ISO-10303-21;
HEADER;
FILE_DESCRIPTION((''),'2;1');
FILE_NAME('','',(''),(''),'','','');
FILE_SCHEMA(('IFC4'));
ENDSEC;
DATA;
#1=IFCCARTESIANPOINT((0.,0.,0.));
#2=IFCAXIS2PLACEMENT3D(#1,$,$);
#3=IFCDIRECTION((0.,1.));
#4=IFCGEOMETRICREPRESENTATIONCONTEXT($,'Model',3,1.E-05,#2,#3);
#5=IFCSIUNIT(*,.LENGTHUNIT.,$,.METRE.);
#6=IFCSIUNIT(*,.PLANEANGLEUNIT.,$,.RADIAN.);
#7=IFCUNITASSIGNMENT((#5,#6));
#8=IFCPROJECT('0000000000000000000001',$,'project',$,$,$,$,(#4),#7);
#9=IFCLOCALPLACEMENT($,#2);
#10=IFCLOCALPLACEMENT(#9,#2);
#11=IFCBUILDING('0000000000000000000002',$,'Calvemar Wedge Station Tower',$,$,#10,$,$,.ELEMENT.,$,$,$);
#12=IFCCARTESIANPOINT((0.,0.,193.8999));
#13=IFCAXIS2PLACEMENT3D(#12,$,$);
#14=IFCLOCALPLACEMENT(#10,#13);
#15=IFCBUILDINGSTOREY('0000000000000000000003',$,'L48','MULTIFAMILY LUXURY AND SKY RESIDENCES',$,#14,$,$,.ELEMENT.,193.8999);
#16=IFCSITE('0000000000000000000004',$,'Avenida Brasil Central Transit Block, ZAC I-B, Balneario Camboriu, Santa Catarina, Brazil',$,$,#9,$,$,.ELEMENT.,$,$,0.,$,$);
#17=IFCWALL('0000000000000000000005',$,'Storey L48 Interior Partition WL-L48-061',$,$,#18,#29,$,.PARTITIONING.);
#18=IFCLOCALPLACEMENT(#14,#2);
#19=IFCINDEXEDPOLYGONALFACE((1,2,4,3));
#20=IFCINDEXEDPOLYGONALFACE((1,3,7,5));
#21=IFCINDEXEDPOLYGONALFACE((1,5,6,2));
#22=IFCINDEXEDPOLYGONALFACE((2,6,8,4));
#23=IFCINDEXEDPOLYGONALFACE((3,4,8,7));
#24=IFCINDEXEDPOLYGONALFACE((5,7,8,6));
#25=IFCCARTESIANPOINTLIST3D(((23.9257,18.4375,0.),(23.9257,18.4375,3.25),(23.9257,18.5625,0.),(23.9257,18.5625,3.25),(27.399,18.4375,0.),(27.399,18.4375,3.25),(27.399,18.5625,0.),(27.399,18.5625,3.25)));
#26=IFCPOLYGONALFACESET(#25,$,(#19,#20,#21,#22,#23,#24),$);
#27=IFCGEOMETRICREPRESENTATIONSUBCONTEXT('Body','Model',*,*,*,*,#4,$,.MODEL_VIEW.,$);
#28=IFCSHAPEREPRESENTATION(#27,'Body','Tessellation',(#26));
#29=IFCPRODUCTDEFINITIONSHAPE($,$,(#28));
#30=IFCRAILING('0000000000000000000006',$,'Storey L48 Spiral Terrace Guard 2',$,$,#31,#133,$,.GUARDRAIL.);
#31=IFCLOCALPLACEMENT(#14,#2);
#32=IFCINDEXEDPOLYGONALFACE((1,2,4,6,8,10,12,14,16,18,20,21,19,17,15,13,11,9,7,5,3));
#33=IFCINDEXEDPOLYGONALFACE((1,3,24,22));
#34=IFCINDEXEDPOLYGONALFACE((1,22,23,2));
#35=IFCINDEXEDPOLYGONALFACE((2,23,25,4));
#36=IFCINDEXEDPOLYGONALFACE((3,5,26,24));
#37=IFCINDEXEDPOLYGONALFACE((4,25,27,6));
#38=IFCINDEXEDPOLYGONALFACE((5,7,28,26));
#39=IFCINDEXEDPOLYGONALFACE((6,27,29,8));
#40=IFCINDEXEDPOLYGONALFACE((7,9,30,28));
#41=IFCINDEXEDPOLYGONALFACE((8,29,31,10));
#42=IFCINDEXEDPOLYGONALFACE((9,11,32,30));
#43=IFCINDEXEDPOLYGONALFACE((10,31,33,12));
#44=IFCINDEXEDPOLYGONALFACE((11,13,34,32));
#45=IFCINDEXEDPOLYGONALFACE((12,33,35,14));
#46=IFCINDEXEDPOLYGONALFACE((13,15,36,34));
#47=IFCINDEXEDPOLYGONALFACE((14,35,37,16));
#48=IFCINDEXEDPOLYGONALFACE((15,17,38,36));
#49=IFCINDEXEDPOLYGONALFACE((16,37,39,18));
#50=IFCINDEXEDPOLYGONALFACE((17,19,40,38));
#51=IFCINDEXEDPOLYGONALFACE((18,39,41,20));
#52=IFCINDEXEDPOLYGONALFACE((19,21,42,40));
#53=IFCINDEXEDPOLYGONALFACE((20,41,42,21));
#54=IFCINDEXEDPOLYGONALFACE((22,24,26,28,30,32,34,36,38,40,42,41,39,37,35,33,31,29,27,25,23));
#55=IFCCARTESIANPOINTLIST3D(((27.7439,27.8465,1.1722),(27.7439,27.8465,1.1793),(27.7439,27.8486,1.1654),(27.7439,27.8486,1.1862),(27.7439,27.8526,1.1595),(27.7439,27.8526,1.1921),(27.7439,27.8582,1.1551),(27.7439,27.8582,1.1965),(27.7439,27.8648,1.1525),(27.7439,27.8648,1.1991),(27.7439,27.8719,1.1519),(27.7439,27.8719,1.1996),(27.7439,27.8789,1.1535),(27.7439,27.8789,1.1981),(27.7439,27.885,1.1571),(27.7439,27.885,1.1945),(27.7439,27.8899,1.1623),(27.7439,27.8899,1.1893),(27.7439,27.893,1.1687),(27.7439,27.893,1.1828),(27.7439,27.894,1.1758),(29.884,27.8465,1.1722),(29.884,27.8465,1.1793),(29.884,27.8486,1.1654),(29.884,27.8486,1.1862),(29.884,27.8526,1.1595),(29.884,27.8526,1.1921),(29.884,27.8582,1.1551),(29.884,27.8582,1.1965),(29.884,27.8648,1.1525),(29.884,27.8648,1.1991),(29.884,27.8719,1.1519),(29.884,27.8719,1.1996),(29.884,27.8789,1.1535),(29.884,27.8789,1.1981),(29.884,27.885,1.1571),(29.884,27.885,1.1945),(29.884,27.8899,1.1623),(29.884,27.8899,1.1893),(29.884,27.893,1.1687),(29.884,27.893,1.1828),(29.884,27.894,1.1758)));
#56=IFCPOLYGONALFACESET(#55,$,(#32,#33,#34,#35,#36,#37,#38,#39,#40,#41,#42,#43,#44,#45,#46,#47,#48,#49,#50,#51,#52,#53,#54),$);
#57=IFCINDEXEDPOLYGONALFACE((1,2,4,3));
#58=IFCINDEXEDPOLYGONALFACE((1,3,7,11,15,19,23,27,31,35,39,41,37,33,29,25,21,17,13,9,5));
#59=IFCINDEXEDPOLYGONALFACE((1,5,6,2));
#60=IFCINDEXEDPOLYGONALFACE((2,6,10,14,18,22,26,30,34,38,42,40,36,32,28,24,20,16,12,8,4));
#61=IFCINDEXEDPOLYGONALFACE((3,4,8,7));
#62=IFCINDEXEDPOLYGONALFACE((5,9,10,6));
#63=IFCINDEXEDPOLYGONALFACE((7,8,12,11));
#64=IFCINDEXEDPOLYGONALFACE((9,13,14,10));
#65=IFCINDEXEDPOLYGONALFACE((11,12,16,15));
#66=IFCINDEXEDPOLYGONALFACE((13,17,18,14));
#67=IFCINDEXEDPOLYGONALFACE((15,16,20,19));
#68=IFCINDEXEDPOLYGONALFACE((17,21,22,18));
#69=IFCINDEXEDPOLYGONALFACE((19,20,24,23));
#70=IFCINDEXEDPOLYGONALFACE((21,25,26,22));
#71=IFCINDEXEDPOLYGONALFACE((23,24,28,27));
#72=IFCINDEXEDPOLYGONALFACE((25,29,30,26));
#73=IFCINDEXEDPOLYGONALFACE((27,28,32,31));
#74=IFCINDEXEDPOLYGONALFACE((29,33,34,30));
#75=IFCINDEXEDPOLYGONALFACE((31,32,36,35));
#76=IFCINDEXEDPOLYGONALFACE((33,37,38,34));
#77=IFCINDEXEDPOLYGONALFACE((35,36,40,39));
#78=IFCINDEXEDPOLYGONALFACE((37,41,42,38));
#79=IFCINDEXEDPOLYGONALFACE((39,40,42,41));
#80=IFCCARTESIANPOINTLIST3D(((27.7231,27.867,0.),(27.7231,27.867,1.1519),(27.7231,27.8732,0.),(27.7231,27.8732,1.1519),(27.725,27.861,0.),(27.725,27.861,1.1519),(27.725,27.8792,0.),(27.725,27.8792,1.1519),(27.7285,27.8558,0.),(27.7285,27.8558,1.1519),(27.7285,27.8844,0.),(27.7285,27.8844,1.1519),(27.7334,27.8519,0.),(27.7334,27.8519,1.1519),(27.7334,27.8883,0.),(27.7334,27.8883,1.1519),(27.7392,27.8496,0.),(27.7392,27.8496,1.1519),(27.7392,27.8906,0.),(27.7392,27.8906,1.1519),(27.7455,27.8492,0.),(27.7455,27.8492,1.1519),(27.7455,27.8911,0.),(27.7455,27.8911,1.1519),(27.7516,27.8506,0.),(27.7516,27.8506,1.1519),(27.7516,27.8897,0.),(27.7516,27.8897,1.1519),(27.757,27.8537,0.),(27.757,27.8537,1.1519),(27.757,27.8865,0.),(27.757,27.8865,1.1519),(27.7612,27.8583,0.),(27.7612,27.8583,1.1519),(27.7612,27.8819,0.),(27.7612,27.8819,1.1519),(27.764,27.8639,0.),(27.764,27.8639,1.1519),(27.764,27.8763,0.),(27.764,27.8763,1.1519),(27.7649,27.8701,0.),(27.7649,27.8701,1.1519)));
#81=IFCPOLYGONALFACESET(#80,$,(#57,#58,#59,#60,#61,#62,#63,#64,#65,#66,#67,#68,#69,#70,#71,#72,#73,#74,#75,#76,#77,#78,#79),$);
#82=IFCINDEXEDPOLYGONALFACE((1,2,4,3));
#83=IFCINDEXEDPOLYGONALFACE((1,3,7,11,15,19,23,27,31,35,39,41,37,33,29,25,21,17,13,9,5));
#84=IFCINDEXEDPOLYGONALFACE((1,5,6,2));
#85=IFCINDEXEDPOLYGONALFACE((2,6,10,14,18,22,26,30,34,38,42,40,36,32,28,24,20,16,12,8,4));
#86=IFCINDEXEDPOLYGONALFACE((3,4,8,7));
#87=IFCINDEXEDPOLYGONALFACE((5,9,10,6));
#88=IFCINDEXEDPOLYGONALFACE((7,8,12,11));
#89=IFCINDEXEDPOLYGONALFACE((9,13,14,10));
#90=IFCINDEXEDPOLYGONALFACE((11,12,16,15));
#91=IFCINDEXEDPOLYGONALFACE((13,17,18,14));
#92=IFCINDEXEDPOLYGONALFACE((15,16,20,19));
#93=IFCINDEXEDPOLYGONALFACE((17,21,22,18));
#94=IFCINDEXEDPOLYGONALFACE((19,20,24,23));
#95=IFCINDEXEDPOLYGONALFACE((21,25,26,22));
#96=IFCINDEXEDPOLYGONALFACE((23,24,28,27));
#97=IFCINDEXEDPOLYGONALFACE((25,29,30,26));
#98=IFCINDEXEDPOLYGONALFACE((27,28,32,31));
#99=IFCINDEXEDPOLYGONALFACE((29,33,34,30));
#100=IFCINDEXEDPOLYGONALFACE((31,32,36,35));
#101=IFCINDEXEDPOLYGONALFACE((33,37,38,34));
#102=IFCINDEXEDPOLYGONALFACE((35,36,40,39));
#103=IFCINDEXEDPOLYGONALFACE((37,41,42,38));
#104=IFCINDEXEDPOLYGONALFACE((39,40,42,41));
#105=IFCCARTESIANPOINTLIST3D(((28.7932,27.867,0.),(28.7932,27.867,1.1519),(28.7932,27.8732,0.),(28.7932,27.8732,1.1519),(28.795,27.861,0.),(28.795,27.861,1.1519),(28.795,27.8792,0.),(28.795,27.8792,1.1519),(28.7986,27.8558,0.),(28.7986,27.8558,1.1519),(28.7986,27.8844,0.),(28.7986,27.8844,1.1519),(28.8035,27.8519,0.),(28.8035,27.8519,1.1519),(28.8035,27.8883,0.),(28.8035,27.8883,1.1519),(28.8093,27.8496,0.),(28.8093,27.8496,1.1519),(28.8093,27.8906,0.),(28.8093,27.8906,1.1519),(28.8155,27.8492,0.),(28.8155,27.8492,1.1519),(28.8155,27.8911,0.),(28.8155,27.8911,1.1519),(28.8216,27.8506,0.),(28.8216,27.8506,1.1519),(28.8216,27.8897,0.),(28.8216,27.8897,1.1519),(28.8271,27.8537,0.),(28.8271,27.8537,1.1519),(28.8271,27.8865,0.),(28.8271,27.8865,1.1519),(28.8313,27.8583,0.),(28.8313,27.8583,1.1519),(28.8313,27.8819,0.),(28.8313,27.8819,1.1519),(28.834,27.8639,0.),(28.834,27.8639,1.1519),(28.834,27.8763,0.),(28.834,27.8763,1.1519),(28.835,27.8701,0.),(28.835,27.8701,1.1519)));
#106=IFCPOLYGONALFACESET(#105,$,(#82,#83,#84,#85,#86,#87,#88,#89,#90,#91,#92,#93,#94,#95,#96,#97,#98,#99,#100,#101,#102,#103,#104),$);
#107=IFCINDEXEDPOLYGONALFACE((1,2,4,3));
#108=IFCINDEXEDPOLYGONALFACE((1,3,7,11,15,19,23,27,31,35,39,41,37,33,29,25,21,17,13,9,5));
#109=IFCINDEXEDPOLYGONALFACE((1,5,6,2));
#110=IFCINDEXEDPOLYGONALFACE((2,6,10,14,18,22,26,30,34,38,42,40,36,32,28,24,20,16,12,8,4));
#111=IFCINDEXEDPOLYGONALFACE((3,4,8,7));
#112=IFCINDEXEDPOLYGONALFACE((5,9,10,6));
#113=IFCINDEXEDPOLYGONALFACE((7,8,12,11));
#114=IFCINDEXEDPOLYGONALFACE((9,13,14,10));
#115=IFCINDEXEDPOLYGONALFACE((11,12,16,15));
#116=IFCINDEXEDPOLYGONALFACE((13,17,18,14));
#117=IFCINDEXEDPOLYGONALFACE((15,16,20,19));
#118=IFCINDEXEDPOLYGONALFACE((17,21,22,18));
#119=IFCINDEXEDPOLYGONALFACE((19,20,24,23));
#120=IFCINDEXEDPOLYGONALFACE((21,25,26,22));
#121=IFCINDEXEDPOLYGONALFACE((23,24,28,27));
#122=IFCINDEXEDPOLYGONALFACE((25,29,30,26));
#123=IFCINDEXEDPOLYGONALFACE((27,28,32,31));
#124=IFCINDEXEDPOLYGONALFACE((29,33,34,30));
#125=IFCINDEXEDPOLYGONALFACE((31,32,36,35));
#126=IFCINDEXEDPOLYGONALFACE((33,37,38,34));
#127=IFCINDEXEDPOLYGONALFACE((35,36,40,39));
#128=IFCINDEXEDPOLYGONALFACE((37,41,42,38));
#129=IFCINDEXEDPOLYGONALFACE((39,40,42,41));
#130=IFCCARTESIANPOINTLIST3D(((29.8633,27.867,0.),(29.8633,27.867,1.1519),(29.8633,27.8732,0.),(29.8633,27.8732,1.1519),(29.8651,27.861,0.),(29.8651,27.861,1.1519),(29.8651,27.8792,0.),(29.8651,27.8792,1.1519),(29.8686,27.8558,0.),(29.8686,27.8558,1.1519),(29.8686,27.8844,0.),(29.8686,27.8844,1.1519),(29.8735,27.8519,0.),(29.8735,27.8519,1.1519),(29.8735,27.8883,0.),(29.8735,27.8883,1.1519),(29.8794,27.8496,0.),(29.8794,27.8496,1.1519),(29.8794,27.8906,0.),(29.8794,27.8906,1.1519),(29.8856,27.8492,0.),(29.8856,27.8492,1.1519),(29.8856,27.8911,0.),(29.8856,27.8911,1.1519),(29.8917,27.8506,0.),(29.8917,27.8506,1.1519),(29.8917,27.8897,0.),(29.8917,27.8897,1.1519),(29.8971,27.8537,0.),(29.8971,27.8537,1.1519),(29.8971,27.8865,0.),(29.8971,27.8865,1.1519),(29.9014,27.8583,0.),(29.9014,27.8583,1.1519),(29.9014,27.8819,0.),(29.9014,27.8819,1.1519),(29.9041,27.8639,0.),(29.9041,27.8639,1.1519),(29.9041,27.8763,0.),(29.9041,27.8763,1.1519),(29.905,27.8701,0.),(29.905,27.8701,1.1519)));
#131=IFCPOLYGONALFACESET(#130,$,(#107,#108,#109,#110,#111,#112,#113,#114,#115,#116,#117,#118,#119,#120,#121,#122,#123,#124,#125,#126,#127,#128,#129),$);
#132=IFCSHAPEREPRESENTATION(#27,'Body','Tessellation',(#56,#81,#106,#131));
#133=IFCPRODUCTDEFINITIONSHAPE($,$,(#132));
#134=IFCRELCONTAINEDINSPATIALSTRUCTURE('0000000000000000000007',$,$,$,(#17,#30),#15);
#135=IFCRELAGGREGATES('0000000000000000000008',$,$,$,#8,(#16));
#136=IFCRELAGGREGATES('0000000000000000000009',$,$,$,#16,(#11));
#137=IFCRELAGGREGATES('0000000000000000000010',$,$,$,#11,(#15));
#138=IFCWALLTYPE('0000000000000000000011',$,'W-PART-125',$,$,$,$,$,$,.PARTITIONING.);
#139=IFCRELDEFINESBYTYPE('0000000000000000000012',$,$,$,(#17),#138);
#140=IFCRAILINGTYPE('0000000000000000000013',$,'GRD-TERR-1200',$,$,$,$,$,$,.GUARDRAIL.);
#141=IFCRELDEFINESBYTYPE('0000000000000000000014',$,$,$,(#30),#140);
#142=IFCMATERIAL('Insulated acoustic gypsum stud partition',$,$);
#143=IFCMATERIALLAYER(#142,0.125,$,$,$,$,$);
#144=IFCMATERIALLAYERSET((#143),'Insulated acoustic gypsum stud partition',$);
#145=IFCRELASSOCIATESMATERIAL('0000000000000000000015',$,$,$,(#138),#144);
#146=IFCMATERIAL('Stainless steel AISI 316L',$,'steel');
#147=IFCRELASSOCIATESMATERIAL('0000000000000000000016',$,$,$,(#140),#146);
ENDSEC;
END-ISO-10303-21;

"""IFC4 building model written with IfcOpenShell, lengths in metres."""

from ifc_helpers import new_model, si_unit, direction, frame, frame_2d, origin, origin_2d, place, context, subcontext, project, spatial, rectangle, circle, extrude, material, layer, layer_set, type_object, element, save


model = new_model("IFC4")

# Units and contexts
model_context = context("Model", 3, precision=1e-05, world=origin(), true_north=direction((0.0, 1.0)))
body_context = subcontext(model_context, "Body", "Model", "MODEL_VIEW")
ifc_project = project(units=[si_unit("LENGTHUNIT", "METRE"), si_unit("PLANEANGLEUNIT", "RADIAN")], contexts=[model_context])

# Site, building, storey
site_placement = place(None, origin())
site = spatial("IfcSite", under=ifc_project, at=site_placement, Name="Avenida Brasil Central Transit Block, ZAC I-B, Balneario Camboriu, Santa Catarina, Brazil", CompositionType="ELEMENT", RefElevation=0.0)
building_placement = place(site_placement, origin())
building = spatial("IfcBuilding", under=site, at=building_placement, Name="Calvemar Wedge Station Tower", CompositionType="ELEMENT")
storey_placement = place(building_placement, frame((0.0, 0.0, 193.8999)))
storey = spatial("IfcBuildingStorey", under=building, at=storey_placement, Name="L48", Description="MULTIFAMILY LUXURY AND SKY RESIDENCES", CompositionType="ELEMENT", Elevation=193.8999)

# Shared definitions
ifc_material_1 = material(Name="Insulated acoustic gypsum stud partition")
ifc_layer_1 = layer(ifc_material_1, 0.125)
ifc_layer_set_1 = layer_set([ifc_layer_1], Name="Insulated acoustic gypsum stud partition")
wall_type_1 = type_object("IfcWallType", Name="W-PART-125", PredefinedType="PARTITIONING", material=ifc_layer_set_1)

# Wall
wall_1_placement = place(storey_placement, frame((23.9255, 18.5, 0.0), z_axis=(0.0, 0.0, 1.0), x_axis=(1.0, 0.0, 0.0)))
element("IfcWall", 1, at=wall_1_placement, inside=storey, type_object=wall_type_1, Name="Storey L48 Interior Partition WL-L48-061", PredefinedType="PARTITIONING", context=body_context, shape_type="SweptSolid", body=[
    extrude(rectangle(XDim=3.4734, YDim=0.125, at=frame_2d((1.7368, 0.0))), origin(), (0.0, 0.0, 1.0), 3.25),
])

# Railing
ifc_material_2 = material(Name="Stainless steel AISI 316L", Category="steel")
railing_type = type_object("IfcRailingType", Name="GRD-TERR-1200", PredefinedType="GUARDRAIL", material=ifc_material_2)
railing_1_placement = place(storey_placement, frame((27.7439, 27.8701, 0.0)))
element("IfcRailing", 2, at=railing_1_placement, inside=storey, type_object=railing_type, Name="Storey L48 Spiral Terrace Guard 2", PredefinedType="GUARDRAIL", context=body_context, shape_type="SweptSolid", body=[
    extrude(circle(Radius=0.0239, at=origin_2d()), frame((0.0, 0.0, 1.1758), z_axis=(1.0, 0.0, 0.0), x_axis=(0.0, 1.0, 0.0)), (0.0, 0.0, 1.0), 2.1401),
    extrude(circle(Radius=0.021, at=origin_2d()), origin(), (0.0, 0.0, 1.0), 1.1519),
    extrude(circle(Radius=0.021, at=origin_2d()), frame((1.0701, 0.0, 0.0)), (0.0, 0.0, 1.0), 1.1519),
    extrude(circle(Radius=0.021, at=origin_2d()), frame((2.1401, 0.0, 0.0)), (0.0, 0.0, 1.0), 1.1519),
])

save(model, "model.ifc")
